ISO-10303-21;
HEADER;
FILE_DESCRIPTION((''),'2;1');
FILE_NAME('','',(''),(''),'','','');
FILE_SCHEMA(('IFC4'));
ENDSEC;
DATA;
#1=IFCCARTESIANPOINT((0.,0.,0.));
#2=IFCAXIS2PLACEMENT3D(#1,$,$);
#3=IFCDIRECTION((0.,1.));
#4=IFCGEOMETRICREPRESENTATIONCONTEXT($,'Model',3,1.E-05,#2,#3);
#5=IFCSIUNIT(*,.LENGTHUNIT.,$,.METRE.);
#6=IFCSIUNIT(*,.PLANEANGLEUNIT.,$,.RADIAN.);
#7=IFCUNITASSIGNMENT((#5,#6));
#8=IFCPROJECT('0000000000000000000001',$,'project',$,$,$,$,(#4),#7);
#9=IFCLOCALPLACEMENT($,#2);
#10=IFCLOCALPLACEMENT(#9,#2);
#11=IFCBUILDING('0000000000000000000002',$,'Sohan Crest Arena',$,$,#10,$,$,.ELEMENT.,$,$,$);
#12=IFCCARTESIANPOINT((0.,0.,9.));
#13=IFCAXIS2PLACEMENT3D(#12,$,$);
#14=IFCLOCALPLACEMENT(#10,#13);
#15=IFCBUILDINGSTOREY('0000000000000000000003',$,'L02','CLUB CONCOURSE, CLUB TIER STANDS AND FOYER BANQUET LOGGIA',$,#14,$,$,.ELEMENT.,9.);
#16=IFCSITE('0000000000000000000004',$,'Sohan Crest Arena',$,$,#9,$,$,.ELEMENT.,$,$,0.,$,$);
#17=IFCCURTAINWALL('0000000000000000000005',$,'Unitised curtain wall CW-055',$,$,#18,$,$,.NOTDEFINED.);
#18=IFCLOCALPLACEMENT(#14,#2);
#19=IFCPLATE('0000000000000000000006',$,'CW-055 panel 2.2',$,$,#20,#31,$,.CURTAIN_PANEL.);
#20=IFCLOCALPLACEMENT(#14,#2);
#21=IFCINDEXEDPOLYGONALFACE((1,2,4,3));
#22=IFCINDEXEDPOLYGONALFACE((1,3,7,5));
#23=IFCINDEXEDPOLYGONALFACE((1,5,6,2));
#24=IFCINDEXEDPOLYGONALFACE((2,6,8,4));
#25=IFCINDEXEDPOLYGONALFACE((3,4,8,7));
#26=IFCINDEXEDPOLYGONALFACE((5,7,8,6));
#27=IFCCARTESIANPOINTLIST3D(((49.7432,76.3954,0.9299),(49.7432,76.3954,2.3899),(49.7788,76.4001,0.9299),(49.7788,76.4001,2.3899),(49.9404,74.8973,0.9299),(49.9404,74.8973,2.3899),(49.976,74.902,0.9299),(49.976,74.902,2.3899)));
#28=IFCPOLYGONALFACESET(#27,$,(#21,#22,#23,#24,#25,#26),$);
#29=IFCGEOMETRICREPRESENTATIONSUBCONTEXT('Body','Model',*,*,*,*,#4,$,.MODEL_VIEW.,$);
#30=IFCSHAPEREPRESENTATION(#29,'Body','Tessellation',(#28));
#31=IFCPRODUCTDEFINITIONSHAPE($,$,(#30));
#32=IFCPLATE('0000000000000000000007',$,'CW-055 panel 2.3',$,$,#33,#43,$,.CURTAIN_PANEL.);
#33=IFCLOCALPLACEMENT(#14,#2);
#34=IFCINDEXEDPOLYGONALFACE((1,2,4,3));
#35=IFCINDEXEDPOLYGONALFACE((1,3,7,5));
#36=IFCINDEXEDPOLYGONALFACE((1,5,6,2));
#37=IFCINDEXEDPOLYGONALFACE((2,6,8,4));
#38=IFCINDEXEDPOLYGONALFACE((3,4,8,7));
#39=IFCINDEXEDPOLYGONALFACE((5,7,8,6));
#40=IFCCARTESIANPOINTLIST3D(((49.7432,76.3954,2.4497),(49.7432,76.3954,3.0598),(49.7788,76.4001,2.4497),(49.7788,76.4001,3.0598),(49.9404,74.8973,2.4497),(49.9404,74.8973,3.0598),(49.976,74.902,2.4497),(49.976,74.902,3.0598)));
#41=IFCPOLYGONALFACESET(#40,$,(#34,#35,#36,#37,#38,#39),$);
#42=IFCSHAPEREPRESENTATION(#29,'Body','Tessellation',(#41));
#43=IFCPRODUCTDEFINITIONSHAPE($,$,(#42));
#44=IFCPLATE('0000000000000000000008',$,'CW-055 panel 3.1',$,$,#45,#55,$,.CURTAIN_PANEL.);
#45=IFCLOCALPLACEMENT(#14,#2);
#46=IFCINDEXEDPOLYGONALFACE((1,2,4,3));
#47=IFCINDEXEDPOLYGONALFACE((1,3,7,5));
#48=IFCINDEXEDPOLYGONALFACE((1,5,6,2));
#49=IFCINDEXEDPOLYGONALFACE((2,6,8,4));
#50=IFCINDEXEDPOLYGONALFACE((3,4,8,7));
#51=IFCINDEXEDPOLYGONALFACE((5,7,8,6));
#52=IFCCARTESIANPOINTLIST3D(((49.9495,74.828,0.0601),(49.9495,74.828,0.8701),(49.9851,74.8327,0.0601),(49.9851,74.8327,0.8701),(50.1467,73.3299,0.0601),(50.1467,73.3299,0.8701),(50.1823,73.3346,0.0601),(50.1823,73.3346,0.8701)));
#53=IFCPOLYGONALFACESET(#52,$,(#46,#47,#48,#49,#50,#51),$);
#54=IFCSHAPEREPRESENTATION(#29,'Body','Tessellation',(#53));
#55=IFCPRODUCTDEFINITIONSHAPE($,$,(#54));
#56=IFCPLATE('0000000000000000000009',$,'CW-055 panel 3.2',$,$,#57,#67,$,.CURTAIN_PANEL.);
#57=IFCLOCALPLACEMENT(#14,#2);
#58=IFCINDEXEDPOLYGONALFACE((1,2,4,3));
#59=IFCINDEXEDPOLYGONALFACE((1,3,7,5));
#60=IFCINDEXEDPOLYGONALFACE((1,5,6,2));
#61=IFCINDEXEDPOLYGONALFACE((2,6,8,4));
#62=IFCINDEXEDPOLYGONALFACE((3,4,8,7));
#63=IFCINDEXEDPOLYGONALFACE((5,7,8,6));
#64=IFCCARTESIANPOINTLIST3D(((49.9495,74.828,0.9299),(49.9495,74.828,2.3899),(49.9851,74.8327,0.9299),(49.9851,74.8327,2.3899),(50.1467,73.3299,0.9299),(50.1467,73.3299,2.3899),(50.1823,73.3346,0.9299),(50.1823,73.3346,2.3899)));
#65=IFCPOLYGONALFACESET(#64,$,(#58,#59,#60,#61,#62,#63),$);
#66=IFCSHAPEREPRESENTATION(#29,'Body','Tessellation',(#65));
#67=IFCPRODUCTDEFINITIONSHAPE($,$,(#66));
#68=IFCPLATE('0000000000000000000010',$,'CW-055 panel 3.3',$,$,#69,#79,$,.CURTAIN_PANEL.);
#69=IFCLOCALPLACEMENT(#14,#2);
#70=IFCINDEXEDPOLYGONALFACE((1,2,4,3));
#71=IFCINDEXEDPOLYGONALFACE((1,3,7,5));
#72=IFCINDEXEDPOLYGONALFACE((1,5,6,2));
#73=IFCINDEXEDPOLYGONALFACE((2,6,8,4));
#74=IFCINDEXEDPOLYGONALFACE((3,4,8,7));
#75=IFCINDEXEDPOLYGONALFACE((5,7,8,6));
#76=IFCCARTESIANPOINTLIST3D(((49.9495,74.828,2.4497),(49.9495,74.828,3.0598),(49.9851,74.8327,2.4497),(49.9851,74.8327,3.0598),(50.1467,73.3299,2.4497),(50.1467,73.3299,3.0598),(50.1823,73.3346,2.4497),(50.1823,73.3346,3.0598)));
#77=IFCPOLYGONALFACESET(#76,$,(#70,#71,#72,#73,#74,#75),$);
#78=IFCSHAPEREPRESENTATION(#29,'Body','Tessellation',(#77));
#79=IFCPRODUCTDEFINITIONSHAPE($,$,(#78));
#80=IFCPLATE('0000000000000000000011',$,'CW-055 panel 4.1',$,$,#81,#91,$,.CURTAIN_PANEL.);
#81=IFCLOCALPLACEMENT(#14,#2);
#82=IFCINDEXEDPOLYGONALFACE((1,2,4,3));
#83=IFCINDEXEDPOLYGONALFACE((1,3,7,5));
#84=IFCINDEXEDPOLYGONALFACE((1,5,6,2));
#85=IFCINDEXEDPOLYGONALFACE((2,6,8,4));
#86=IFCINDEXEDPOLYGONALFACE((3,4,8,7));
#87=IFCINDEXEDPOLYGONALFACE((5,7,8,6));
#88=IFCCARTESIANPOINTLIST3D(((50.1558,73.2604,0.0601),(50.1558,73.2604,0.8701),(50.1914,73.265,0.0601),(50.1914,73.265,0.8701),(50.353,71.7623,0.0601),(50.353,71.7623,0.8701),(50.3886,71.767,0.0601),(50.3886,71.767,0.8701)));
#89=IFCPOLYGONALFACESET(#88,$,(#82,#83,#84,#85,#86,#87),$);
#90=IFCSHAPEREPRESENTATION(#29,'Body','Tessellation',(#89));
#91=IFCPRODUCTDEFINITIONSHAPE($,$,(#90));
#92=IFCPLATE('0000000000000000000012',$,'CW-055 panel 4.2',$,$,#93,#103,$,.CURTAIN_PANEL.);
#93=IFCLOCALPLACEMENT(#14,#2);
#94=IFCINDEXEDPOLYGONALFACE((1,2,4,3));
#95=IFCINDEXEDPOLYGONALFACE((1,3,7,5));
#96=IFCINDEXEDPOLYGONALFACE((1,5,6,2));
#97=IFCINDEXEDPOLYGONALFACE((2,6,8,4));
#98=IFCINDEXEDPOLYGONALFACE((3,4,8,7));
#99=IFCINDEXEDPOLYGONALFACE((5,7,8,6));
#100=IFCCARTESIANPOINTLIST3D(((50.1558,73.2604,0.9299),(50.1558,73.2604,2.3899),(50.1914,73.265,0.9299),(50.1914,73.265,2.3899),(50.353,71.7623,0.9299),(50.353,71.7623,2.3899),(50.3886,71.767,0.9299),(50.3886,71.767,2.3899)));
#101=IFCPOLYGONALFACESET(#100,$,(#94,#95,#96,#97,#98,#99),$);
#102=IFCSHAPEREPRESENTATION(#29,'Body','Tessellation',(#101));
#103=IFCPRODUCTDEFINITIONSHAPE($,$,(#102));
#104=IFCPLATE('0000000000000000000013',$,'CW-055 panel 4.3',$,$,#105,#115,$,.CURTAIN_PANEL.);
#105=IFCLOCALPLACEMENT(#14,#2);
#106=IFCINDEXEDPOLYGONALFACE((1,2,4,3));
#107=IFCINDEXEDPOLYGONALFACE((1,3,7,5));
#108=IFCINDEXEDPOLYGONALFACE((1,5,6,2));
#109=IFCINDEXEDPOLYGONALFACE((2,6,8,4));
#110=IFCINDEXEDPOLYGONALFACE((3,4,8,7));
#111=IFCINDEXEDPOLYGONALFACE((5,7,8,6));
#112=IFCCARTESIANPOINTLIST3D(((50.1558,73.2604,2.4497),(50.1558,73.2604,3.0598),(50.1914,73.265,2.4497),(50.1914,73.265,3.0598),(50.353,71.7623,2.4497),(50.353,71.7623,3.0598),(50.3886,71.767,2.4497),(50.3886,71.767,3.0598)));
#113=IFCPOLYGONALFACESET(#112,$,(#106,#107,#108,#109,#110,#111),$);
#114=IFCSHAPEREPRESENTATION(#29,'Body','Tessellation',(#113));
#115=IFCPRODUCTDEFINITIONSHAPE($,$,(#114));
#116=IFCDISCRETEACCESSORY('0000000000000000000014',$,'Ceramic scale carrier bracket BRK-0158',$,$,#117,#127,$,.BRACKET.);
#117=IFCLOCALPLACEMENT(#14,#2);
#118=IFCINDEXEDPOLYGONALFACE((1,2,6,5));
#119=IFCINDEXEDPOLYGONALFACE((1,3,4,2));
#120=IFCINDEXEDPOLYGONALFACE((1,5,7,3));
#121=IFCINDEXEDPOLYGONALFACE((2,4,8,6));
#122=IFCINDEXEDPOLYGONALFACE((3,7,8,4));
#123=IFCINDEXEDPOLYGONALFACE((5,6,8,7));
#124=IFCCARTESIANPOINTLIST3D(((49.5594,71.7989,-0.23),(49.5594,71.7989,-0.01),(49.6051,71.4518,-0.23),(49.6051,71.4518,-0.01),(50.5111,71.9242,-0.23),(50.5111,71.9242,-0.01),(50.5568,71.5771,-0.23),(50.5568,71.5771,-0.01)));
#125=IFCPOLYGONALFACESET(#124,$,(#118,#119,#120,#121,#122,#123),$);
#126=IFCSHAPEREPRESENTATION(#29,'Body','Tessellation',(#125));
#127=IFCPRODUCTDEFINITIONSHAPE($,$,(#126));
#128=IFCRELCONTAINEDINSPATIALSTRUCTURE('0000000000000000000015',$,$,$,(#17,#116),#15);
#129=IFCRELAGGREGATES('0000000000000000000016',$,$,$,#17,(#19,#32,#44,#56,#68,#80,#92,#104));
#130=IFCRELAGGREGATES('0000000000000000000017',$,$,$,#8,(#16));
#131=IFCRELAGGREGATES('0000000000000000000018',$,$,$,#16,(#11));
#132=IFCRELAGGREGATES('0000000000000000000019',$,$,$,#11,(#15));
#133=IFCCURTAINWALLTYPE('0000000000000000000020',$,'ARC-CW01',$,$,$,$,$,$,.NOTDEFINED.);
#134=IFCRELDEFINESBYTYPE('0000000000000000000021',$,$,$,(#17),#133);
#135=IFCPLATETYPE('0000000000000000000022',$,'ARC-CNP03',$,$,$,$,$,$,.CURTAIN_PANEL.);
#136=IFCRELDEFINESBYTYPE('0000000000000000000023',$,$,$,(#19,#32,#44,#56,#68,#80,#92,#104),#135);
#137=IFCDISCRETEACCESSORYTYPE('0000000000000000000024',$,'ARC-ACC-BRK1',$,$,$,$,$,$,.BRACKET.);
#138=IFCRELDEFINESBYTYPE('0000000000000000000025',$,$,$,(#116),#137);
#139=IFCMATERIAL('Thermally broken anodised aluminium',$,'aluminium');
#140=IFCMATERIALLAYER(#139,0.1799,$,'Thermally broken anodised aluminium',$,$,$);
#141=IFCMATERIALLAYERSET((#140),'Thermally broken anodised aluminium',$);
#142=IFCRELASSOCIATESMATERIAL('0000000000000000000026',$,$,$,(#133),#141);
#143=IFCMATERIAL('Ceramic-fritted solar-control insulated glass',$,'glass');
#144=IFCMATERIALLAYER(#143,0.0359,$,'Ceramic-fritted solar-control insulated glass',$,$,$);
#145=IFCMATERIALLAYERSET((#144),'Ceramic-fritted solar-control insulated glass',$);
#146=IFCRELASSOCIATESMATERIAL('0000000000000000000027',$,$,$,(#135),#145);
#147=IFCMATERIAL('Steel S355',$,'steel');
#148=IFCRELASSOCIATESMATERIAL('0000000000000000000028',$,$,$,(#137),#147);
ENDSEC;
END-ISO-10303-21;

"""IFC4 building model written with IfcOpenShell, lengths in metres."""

from ifc_helpers import new_model, si_unit, direction, frame, origin, origin_2d, place, context, subcontext, project, spatial, rectangle, extrude, material, layer, layer_set, type_object, element, aggregate, save


model = new_model("IFC4")

# Units and contexts
model_context = context("Model", 3, precision=1e-05, world=origin(), true_north=direction((0.0, 1.0)))
body_context = subcontext(model_context, "Body", "Model", "MODEL_VIEW")
ifc_project = project(units=[si_unit("LENGTHUNIT", "METRE"), si_unit("PLANEANGLEUNIT", "RADIAN")], contexts=[model_context])

# Site, building, storey
site_placement = place(None, origin())
site = spatial("IfcSite", under=ifc_project, at=site_placement, Name="Sohan Crest Arena", CompositionType="ELEMENT", RefElevation=0.0)
building_placement = place(site_placement, origin())
building = spatial("IfcBuilding", under=site, at=building_placement, Name="Sohan Crest Arena", CompositionType="ELEMENT")
storey_placement = place(building_placement, frame((0.0, 0.0, 9.0)))
storey = spatial("IfcBuildingStorey", under=building, at=storey_placement, Name="L02", Description="CLUB CONCOURSE, CLUB TIER STANDS AND FOYER BANQUET LOGGIA", CompositionType="ELEMENT", Elevation=9.0)

# Shared definitions
ifc_material_1 = material(Name="Steel S355", Category="steel")

# Shared definitions
ifc_material_2 = material(Name="Thermally broken anodised aluminium", Category="aluminium")

# Curtain wall
ifc_layer_1 = layer(ifc_material_2, 0.1799, Name="Thermally broken anodised aluminium")
ifc_layer_set_1 = layer_set([ifc_layer_1], Name="Thermally broken anodised aluminium")
curtain_wall_type_1 = type_object("IfcCurtainWallType", Name="ARC-CW01", PredefinedType="NOTDEFINED", material=ifc_layer_set_1)
curtain_wall_1_placement = place(storey_placement, origin())
curtain_wall_1 = element("IfcCurtainWall", 1, at=curtain_wall_1_placement, inside=storey, type_object=curtain_wall_type_1, Name="Unitised curtain wall CW-055", PredefinedType="NOTDEFINED")

# Plates
ifc_material_3 = material(Name="Ceramic-fritted solar-control insulated glass", Category="glass")
ifc_layer_2 = layer(ifc_material_3, 0.0359, Name="Ceramic-fritted solar-control insulated glass")
ifc_layer_set_2 = layer_set([ifc_layer_2], Name="Ceramic-fritted solar-control insulated glass")
plate_type_1 = type_object("IfcPlateType", Name="ARC-CNP03", PredefinedType="CURTAIN_PANEL", material=ifc_layer_set_2)
plate_1_placement = place(storey_placement, frame((49.8596, 75.6487, 0.9299), z_axis=(0.0, 0.0, 1.0), x_axis=(0.130532, -0.991444, 0.0)))
plate_1 = element("IfcPlate", 2, at=plate_1_placement, type_object=plate_type_1, Name="CW-055 panel 2.2", PredefinedType="CURTAIN_PANEL", context=body_context, shape_type="SweptSolid", body=[
    extrude(rectangle(XDim=1.511, YDim=0.0359, at=origin_2d()), origin(), (0.0, 0.0, 1.0), 1.46),
])
plate_2_placement = place(storey_placement, frame((49.8596, 75.6487, 2.4497), z_axis=(0.0, 0.0, 1.0), x_axis=(0.130532, -0.991444, 0.0)))
plate_2 = element("IfcPlate", 3, at=plate_2_placement, type_object=plate_type_1, Name="CW-055 panel 2.3", PredefinedType="CURTAIN_PANEL", context=body_context, shape_type="SweptSolid", body=[
    extrude(rectangle(XDim=1.511, YDim=0.0359, at=origin_2d()), origin(), (0.0, 0.0, 1.0), 0.6101),
])
plate_3_placement = place(storey_placement, frame((50.0659, 74.0813, 0.0601), z_axis=(0.0, 0.0, 1.0), x_axis=(0.130532, -0.991444, 0.0)))
plate_3 = element("IfcPlate", 4, at=plate_3_placement, type_object=plate_type_1, Name="CW-055 panel 3.1", PredefinedType="CURTAIN_PANEL", context=body_context, shape_type="SweptSolid", body=[
    extrude(rectangle(XDim=1.511, YDim=0.0359, at=origin_2d()), origin(), (0.0, 0.0, 1.0), 0.8101),
])
plate_4_placement = place(storey_placement, frame((50.0659, 74.0813, 0.9299), z_axis=(0.0, 0.0, 1.0), x_axis=(0.130532, -0.991444, 0.0)))
plate_4 = element("IfcPlate", 5, at=plate_4_placement, type_object=plate_type_1, Name="CW-055 panel 3.2", PredefinedType="CURTAIN_PANEL", context=body_context, shape_type="SweptSolid", body=[
    extrude(rectangle(XDim=1.511, YDim=0.0359, at=origin_2d()), origin(), (0.0, 0.0, 1.0), 1.46),
])
plate_5_placement = place(storey_placement, frame((50.0659, 74.0813, 2.4497), z_axis=(0.0, 0.0, 1.0), x_axis=(0.130532, -0.991444, 0.0)))
plate_5 = element("IfcPlate", 6, at=plate_5_placement, type_object=plate_type_1, Name="CW-055 panel 3.3", PredefinedType="CURTAIN_PANEL", context=body_context, shape_type="SweptSolid", body=[
    extrude(rectangle(XDim=1.511, YDim=0.0359, at=origin_2d()), origin(), (0.0, 0.0, 1.0), 0.6101),
])
plate_6_placement = place(storey_placement, frame((50.2722, 72.5137, 0.0601), z_axis=(0.0, 0.0, 1.0), x_axis=(0.130532, -0.991444, 0.0)))
plate_6 = element("IfcPlate", 7, at=plate_6_placement, type_object=plate_type_1, Name="CW-055 panel 4.1", PredefinedType="CURTAIN_PANEL", context=body_context, shape_type="SweptSolid", body=[
    extrude(rectangle(XDim=1.511, YDim=0.0359, at=origin_2d()), origin(), (0.0, 0.0, 1.0), 0.8101),
])
plate_7_placement = place(storey_placement, frame((50.2722, 72.5137, 0.9299), z_axis=(0.0, 0.0, 1.0), x_axis=(0.130532, -0.991444, 0.0)))
plate_7 = element("IfcPlate", 8, at=plate_7_placement, type_object=plate_type_1, Name="CW-055 panel 4.2", PredefinedType="CURTAIN_PANEL", context=body_context, shape_type="SweptSolid", body=[
    extrude(rectangle(XDim=1.511, YDim=0.0359, at=origin_2d()), origin(), (0.0, 0.0, 1.0), 1.46),
])
plate_8_placement = place(storey_placement, frame((50.2722, 72.5137, 2.4497), z_axis=(0.0, 0.0, 1.0), x_axis=(0.130532, -0.991444, 0.0)))
plate_8 = element("IfcPlate", 9, at=plate_8_placement, type_object=plate_type_1, Name="CW-055 panel 4.3", PredefinedType="CURTAIN_PANEL", context=body_context, shape_type="SweptSolid", body=[
    extrude(rectangle(XDim=1.511, YDim=0.0359, at=origin_2d()), origin(), (0.0, 0.0, 1.0), 0.6101),
])
aggregate(curtain_wall_1, [plate_1, plate_2, plate_3, plate_4, plate_5, plate_6, plate_7, plate_8])

# Discrete accessory
discrete_accessory_type = type_object("IfcDiscreteAccessoryType", Name="ARC-ACC-BRK1", PredefinedType="BRACKET", material=ifc_material_1)
discrete_accessory_placement = place(storey_placement, frame((50.0581, 71.688, -0.23), z_axis=(0.0, 0.0, 1.0), x_axis=(0.130526, -0.991445, 0.0)))
element("IfcDiscreteAccessory", 10, at=discrete_accessory_placement, inside=storey, type_object=discrete_accessory_type, Name="Ceramic scale carrier bracket BRK-0158", PredefinedType="BRACKET", context=body_context, shape_type="SweptSolid", body=[
    extrude(rectangle(XDim=0.3501, YDim=0.96, at=origin_2d()), origin(), (0.0, 0.0, 1.0), 0.22),
])

save(model, "model.ifc")
